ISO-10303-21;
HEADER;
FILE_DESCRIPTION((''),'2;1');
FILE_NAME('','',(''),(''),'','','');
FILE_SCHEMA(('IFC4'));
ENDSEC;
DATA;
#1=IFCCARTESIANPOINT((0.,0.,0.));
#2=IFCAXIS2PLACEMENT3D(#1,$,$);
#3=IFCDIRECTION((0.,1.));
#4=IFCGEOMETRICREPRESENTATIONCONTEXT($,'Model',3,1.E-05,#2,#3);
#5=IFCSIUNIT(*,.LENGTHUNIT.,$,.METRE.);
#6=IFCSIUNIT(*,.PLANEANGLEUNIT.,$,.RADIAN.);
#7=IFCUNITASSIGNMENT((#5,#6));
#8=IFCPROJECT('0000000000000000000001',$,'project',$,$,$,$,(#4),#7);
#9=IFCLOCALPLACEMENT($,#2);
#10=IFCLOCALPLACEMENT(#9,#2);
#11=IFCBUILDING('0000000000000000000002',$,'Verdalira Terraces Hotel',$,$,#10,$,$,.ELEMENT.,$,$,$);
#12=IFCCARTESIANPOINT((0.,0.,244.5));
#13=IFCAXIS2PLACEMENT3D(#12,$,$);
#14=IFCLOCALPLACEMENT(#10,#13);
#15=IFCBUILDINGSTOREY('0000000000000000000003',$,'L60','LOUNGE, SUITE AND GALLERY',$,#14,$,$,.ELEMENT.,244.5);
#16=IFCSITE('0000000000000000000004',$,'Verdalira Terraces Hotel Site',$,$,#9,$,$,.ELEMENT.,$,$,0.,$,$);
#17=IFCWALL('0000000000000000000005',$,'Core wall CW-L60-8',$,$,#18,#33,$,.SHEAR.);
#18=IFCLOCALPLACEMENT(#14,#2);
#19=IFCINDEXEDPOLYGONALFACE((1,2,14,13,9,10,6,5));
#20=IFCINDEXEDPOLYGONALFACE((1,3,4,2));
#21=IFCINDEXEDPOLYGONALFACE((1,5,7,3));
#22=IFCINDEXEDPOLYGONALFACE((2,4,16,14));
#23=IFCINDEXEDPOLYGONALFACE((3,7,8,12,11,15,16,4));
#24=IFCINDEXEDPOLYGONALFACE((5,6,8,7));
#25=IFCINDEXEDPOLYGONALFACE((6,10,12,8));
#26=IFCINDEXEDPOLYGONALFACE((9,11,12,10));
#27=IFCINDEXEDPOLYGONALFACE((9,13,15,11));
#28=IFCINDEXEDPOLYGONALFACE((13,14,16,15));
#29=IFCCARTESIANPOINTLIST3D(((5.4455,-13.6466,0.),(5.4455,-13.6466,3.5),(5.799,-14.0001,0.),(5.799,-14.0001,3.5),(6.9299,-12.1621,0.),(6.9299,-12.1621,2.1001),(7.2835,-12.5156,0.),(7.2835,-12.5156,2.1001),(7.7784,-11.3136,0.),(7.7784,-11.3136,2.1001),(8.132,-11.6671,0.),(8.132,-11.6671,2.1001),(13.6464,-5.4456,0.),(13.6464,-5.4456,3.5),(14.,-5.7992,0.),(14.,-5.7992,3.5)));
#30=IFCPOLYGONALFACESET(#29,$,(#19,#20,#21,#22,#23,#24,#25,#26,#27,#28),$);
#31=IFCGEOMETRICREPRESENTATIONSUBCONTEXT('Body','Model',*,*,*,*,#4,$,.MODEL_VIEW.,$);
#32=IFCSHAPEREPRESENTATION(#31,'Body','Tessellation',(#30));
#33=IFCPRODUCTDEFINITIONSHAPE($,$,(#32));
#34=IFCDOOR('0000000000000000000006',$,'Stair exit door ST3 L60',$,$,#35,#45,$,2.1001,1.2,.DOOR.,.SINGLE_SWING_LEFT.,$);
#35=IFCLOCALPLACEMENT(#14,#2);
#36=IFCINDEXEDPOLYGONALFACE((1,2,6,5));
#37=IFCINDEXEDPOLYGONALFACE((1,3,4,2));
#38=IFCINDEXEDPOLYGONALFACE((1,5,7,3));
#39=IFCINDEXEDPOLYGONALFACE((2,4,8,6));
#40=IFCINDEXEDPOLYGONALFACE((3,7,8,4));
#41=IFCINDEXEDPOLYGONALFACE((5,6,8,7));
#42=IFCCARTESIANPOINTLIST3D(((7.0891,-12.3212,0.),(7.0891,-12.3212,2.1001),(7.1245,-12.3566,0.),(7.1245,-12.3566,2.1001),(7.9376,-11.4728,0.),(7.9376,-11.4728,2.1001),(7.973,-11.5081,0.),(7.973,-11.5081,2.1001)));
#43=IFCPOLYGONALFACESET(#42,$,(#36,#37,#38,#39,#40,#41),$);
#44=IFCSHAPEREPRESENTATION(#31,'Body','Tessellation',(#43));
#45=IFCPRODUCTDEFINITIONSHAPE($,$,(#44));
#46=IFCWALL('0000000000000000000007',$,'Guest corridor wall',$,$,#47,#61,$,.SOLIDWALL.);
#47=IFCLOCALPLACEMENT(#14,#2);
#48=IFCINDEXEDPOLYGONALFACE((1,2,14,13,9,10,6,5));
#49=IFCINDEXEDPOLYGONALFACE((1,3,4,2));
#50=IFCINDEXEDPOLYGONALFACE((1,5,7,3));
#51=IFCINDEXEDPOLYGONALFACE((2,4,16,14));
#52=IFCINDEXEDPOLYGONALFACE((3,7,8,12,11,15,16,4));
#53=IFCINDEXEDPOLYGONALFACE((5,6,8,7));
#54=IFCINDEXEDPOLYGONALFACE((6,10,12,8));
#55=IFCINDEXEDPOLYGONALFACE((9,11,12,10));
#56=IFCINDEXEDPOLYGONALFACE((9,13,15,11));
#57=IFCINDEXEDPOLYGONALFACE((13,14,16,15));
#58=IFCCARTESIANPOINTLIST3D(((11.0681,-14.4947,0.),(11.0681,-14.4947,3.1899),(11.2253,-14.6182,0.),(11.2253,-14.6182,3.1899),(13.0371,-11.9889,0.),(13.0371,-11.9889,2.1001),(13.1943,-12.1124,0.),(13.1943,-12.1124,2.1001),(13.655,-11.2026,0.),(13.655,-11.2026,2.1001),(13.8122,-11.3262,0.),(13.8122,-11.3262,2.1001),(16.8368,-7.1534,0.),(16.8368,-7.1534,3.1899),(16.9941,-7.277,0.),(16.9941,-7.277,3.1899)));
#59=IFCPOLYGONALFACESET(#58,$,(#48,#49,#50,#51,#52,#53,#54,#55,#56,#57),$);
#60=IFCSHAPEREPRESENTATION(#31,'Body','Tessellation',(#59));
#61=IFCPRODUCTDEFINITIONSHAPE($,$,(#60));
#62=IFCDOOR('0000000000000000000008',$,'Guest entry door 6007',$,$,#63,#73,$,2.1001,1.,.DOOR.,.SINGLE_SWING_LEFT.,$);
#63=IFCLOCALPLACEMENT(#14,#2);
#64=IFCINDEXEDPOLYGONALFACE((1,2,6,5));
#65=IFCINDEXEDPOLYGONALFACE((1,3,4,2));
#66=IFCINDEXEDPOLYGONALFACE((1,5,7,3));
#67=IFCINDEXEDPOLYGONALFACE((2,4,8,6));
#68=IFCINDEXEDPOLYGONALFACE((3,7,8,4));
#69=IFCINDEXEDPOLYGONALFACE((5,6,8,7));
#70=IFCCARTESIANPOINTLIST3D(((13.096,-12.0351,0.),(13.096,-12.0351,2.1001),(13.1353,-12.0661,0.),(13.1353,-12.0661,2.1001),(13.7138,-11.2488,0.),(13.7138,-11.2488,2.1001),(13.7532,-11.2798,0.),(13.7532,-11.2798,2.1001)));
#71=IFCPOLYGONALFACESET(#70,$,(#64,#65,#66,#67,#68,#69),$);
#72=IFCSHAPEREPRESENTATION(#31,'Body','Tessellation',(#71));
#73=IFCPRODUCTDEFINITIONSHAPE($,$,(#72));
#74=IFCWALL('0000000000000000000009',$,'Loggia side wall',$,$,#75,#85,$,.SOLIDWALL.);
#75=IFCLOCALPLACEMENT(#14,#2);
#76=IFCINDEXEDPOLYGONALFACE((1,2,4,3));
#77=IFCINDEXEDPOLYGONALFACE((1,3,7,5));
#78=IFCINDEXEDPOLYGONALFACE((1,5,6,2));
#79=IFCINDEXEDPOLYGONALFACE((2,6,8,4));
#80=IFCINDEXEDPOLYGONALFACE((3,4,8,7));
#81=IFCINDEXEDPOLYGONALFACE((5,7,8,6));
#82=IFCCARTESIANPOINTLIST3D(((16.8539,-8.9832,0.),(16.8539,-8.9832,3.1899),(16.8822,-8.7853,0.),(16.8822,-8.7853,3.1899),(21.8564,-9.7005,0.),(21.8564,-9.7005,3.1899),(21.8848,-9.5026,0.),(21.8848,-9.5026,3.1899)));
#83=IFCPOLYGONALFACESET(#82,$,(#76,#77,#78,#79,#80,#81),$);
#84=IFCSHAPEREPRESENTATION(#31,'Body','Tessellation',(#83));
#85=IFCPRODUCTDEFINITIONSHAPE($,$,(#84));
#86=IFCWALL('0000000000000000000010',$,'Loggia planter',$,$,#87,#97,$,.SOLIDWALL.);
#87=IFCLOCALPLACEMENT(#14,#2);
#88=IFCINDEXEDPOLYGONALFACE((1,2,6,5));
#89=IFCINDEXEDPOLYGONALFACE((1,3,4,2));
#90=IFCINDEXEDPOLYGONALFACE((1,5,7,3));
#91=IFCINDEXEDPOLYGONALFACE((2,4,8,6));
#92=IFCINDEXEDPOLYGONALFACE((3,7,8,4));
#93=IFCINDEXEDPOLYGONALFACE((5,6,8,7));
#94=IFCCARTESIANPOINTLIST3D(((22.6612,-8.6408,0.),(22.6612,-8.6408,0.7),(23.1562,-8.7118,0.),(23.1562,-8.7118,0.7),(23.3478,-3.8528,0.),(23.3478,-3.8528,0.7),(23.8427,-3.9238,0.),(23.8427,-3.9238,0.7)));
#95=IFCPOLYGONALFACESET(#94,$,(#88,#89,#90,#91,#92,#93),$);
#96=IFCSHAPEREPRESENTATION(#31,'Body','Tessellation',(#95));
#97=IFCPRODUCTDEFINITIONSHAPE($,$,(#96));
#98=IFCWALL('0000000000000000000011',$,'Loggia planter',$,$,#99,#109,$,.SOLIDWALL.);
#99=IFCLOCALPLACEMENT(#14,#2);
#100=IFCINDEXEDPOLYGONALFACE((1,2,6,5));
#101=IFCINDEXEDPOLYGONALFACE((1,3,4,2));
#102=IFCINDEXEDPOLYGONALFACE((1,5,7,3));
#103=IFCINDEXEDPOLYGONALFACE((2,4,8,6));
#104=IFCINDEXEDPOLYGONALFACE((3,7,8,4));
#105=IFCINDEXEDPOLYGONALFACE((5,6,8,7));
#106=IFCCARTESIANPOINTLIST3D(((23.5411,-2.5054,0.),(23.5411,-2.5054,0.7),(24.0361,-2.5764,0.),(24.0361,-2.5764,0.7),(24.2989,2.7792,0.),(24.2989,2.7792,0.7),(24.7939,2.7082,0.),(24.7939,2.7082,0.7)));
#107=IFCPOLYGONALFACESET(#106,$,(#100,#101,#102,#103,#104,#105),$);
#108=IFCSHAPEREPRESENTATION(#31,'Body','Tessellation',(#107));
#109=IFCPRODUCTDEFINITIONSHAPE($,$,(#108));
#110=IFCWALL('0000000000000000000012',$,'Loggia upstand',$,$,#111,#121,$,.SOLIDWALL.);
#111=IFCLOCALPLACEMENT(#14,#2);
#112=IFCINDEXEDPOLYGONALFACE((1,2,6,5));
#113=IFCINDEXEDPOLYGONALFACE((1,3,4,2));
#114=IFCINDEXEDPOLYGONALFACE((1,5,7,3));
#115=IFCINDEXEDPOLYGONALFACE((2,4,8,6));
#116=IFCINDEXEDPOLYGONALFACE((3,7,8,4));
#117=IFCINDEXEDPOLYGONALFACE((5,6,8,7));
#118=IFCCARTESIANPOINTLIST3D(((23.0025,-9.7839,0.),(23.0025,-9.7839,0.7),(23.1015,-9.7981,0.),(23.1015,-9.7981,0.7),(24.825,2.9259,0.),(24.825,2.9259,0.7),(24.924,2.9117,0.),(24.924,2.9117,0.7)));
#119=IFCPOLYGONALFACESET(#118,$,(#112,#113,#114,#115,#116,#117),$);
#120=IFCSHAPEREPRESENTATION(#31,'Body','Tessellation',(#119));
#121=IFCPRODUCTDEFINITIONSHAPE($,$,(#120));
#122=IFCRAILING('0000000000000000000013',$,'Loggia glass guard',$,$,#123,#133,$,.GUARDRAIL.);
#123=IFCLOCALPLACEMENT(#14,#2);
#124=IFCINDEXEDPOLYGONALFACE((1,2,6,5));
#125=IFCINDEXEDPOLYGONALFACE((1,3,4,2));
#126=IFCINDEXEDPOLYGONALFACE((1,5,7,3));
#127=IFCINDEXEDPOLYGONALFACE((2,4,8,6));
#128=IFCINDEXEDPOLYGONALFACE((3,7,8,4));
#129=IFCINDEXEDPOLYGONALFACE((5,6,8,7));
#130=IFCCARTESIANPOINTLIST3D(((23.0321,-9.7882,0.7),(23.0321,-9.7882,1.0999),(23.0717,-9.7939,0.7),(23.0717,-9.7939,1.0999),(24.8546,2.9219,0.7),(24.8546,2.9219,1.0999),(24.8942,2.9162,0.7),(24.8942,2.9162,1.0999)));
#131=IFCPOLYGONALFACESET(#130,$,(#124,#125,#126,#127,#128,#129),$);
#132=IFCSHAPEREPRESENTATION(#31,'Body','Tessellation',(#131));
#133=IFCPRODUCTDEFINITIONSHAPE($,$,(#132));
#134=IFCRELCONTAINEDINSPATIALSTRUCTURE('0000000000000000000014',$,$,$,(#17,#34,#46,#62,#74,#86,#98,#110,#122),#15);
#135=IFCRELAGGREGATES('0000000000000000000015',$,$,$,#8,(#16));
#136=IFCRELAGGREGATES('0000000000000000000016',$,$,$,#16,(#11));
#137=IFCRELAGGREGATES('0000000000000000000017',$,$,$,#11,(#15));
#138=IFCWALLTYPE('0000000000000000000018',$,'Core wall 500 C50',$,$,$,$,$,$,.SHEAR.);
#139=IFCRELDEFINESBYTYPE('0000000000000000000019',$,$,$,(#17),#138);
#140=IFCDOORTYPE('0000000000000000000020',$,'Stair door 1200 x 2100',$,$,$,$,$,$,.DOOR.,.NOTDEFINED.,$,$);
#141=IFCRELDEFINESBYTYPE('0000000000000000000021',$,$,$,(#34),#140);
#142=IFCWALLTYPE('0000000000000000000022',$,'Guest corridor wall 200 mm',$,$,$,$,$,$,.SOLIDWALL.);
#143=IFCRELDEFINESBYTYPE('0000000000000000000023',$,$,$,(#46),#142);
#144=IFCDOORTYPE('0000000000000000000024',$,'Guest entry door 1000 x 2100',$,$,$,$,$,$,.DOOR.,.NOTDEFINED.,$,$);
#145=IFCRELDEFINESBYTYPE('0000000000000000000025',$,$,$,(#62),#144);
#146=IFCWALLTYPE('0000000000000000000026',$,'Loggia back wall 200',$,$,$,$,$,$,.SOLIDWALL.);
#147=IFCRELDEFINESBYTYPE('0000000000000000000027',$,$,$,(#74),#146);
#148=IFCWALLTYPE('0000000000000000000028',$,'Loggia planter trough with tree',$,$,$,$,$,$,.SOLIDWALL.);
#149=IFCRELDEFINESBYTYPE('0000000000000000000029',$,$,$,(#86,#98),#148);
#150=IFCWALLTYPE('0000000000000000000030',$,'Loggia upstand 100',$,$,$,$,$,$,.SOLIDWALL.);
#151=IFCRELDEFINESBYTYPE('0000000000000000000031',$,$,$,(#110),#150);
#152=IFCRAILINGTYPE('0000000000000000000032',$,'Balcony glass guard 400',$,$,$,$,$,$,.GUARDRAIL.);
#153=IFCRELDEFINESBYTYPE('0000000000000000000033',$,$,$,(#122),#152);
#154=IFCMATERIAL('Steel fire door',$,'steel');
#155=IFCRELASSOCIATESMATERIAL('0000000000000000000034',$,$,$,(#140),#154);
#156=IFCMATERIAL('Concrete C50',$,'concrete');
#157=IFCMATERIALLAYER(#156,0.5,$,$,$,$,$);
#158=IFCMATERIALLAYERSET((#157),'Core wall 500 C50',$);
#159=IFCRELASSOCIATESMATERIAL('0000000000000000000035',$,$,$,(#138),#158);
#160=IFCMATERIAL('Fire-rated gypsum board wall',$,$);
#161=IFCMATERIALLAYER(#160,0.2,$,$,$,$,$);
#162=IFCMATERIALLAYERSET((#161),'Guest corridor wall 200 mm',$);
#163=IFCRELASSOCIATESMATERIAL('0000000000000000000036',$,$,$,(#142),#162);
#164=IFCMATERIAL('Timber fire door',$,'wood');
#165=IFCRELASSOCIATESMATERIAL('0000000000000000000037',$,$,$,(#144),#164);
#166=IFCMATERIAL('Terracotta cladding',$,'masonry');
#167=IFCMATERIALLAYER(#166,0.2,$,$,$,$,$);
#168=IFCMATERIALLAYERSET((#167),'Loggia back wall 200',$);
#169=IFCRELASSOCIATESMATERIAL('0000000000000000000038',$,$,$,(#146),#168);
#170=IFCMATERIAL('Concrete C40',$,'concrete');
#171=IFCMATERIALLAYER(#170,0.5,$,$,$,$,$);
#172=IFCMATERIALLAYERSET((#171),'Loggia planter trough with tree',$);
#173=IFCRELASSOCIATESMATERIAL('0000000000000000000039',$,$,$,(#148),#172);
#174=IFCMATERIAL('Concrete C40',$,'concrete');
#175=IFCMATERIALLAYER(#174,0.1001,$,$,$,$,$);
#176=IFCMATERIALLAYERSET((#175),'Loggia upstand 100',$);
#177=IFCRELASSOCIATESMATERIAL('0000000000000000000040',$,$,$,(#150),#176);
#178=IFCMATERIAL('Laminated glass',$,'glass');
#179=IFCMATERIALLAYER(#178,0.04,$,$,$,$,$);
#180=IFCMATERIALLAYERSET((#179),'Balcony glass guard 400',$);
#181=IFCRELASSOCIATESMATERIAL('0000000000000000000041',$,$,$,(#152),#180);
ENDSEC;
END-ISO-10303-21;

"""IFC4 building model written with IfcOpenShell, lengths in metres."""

from ifc_helpers import new_model, si_unit, direction, frame, frame_2d, origin, origin_2d, place, context, subcontext, project, spatial, rectangle, extrude, material, layer, layer_set, type_object, element, fill, save


model = new_model("IFC4")

# Units and contexts
model_context = context("Model", 3, precision=1e-05, world=origin(), true_north=direction((0.0, 1.0)))
body_context = subcontext(model_context, "Body", "Model", "MODEL_VIEW")
ifc_project = project(units=[si_unit("LENGTHUNIT", "METRE"), si_unit("PLANEANGLEUNIT", "RADIAN")], contexts=[model_context])

# Site, building, storey
site_placement = place(None, origin())
site = spatial("IfcSite", under=ifc_project, at=site_placement, Name="Verdalira Terraces Hotel Site", CompositionType="ELEMENT", RefElevation=0.0)
building_placement = place(site_placement, origin())
building = spatial("IfcBuilding", under=site, at=building_placement, Name="Verdalira Terraces Hotel", CompositionType="ELEMENT")
storey_placement = place(building_placement, frame((0.0, 0.0, 244.5)))
storey = spatial("IfcBuildingStorey", under=building, at=storey_placement, Name="L60", Description="LOUNGE, SUITE AND GALLERY", CompositionType="ELEMENT", Elevation=244.5)

# Shared definitions
ifc_material_1 = material(Name="Steel fire door", Category="steel")
door_type_1 = type_object("IfcDoorType", Name="Stair door 1200 x 2100", OperationType="NOTDEFINED", PredefinedType="DOOR", material=ifc_material_1)

# Walls, openings, doors
ifc_material_2 = material(Name="Concrete C50", Category="concrete")
ifc_layer_1 = layer(ifc_material_2, 0.5)
ifc_layer_set_1 = layer_set([ifc_layer_1], Name="Core wall 500 C50")
wall_type_1 = type_object("IfcWallType", Name="Core wall 500 C50", PredefinedType="SHEAR", material=ifc_layer_set_1)
wall_1_placement = place(storey_placement, frame((5.6223, -13.8232, 0.0), z_axis=(0.0, 0.0, 1.0), x_axis=(0.707107, 0.707107, 0.0)))
wall_1 = element("IfcWall", 1, at=wall_1_placement, inside=storey, type_object=wall_type_1, Name="Core wall CW-L60-8", PredefinedType="SHEAR", context=body_context, shape_type="SweptSolid", body=[
    extrude(rectangle(XDim=11.5979, YDim=0.5, at=frame_2d((5.7988, 0.0))), origin(), (0.0, 0.0, 1.0), 3.5),
])
opening_1_placement = place(wall_1_placement, frame((2.0991, 0.0, 0.0)))
opening_1 = element("IfcOpeningElement", 2, at=opening_1_placement, cuts=wall_1, PredefinedType="OPENING", context=body_context, shape_type="SweptSolid", body=[
    extrude(rectangle(XDim=1.2, YDim=2.1001, at=frame_2d((0.6001, 1.05))), frame((0.0, 0.26, 0.0), z_axis=(0.0, -1.0, 0.0), x_axis=(1.0, 0.0, 0.0)), (0.0, 0.0, 1.0), 0.52),
])
door_1_placement = place(opening_1_placement, origin())
door_1 = element("IfcDoor", 3, at=door_1_placement, inside=storey, type_object=door_type_1, Name="Stair exit door ST3 L60", OperationType="SINGLE_SWING_LEFT", OverallHeight=2.1001, OverallWidth=1.2, PredefinedType="DOOR", context=body_context, shape_type="SweptSolid", body=[
    extrude(rectangle(XDim=1.2, YDim=2.1001, at=frame_2d((0.6001, 1.05))), frame((0.0, 0.0249, 0.0), z_axis=(0.0, -1.0, 0.0), x_axis=(1.0, 0.0, 0.0)), (0.0, 0.0, 1.0), 0.05),
])
fill(opening_1, door_1)
ifc_material_3 = material(Name="Fire-rated gypsum board wall")
ifc_layer_2 = layer(ifc_material_3, 0.2)
ifc_layer_set_2 = layer_set([ifc_layer_2], Name="Guest corridor wall 200 mm")
wall_type_2 = type_object("IfcWallType", Name="Guest corridor wall 200 mm", PredefinedType="SOLIDWALL", material=ifc_layer_set_2)
wall_2_placement = place(storey_placement, frame((16.9155, -7.2151, 0.0), z_axis=(0.0, 0.0, 1.0), x_axis=(-0.617863, -0.786286, 0.0)))
wall_2 = element("IfcWall", 4, at=wall_2_placement, inside=storey, type_object=wall_type_2, Name="Guest corridor wall", PredefinedType="SOLIDWALL", context=body_context, shape_type="SweptSolid", body=[
    extrude(rectangle(XDim=9.3367, YDim=0.2, at=frame_2d((4.6685, 0.0))), origin(), (0.0, 0.0, 1.0), 3.1899),
])
opening_2_placement = place(wall_2_placement, frame((5.1499, 0.0, 0.0)))
opening_2 = element("IfcOpeningElement", 5, at=opening_2_placement, cuts=wall_2, PredefinedType="OPENING", context=body_context, shape_type="SweptSolid", body=[
    extrude(rectangle(XDim=1.0, YDim=2.1001, at=frame_2d((0.5, 1.05))), frame((0.0, 0.1099, 0.0), z_axis=(0.0, -1.0, 0.0), x_axis=(1.0, 0.0, 0.0)), (0.0, 0.0, 1.0), 0.22),
])
ifc_material_4 = material(Name="Timber fire door", Category="wood")
door_type_2 = type_object("IfcDoorType", Name="Guest entry door 1000 x 2100", OperationType="NOTDEFINED", PredefinedType="DOOR", material=ifc_material_4)
door_2_placement = place(opening_2_placement, origin())
door_2 = element("IfcDoor", 6, at=door_2_placement, inside=storey, type_object=door_type_2, Name="Guest entry door 6007", OperationType="SINGLE_SWING_LEFT", OverallHeight=2.1001, OverallWidth=1.0, PredefinedType="DOOR", context=body_context, shape_type="SweptSolid", body=[
    extrude(rectangle(XDim=1.0, YDim=2.1001, at=frame_2d((0.5, 1.05))), frame((0.0, 0.0249, 0.0), z_axis=(0.0, -1.0, 0.0), x_axis=(1.0, 0.0, 0.0)), (0.0, 0.0, 1.0), 0.05),
])
fill(opening_2, door_2)

# Walls
ifc_material_5 = material(Name="Terracotta cladding", Category="masonry")
ifc_layer_3 = layer(ifc_material_5, 0.2)
ifc_layer_set_3 = layer_set([ifc_layer_3], Name="Loggia back wall 200")
wall_type_3 = type_object("IfcWallType", Name="Loggia back wall 200", PredefinedType="SOLIDWALL", material=ifc_layer_set_3)
wall_3_placement = place(storey_placement, frame((21.8706, -9.6016, 0.0), z_axis=(0.0, 0.0, 1.0), x_axis=(-0.989876, 0.141935, 0.0)))
element("IfcWall", 7, at=wall_3_placement, inside=storey, type_object=wall_type_3, Name="Loggia side wall", PredefinedType="SOLIDWALL", context=body_context, shape_type="SweptSolid", body=[
    extrude(rectangle(XDim=5.0537, YDim=0.2, at=frame_2d((2.5269, 0.0))), origin(), (0.0, 0.0, 1.0), 3.1899),
])
ifc_material_6 = material(Name="Concrete C40", Category="concrete")
ifc_layer_4 = layer(ifc_material_6, 0.5)
ifc_layer_set_4 = layer_set([ifc_layer_4], Name="Loggia planter trough with tree")
wall_type_4 = type_object("IfcWallType", Name="Loggia planter trough with tree", PredefinedType="SOLIDWALL", material=ifc_layer_set_4)
wall_4_placement = place(storey_placement, frame((22.9087, -8.6763, 0.0), z_axis=(0.0, 0.0, 1.0), x_axis=(0.141937, 0.989876, 0.0)))
element("IfcWall", 8, at=wall_4_placement, inside=storey, type_object=wall_type_4, Name="Loggia planter", PredefinedType="SOLIDWALL", context=body_context, shape_type="SweptSolid", body=[
    extrude(rectangle(XDim=4.8369, YDim=0.5, at=frame_2d((2.4185, 0.0))), origin(), (0.0, 0.0, 1.0), 0.7),
])
wall_5_placement = place(storey_placement, frame((23.7886, -2.541, 0.0), z_axis=(0.0, 0.0, 1.0), x_axis=(0.141946, 0.989874, 0.0)))
element("IfcWall", 9, at=wall_5_placement, inside=storey, type_object=wall_type_4, Name="Loggia planter", PredefinedType="SOLIDWALL", context=body_context, shape_type="SweptSolid", body=[
    extrude(rectangle(XDim=5.3386, YDim=0.5, at=frame_2d((2.6694, 0.0))), origin(), (0.0, 0.0, 1.0), 0.7),
])
ifc_material_7 = material(Name="Concrete C40", Category="concrete")
ifc_layer_5 = layer(ifc_material_7, 0.1001)
ifc_layer_set_5 = layer_set([ifc_layer_5], Name="Loggia upstand 100")
wall_type_5 = type_object("IfcWallType", Name="Loggia upstand 100", PredefinedType="SOLIDWALL", material=ifc_layer_set_5)
wall_6_placement = place(storey_placement, frame((23.052, -9.791, 0.0), z_axis=(0.0, 0.0, 1.0), x_axis=(0.14194, 0.989875, 0.0)))
element("IfcWall", 10, at=wall_6_placement, inside=storey, type_object=wall_type_5, Name="Loggia upstand", PredefinedType="SOLIDWALL", context=body_context, shape_type="SweptSolid", body=[
    extrude(rectangle(XDim=12.8398, YDim=0.1001, at=frame_2d((6.4199, 0.0))), origin(), (0.0, 0.0, 1.0), 0.7),
])

# Railing
ifc_material_8 = material(Name="Laminated glass", Category="glass")
ifc_layer_6 = layer(ifc_material_8, 0.04)
ifc_layer_set_6 = layer_set([ifc_layer_6], Name="Balcony glass guard 400")
railing_type_1 = type_object("IfcRailingType", Name="Balcony glass guard 400", PredefinedType="GUARDRAIL", material=ifc_layer_set_6)
railing_1_placement = place(storey_placement, frame((23.9631, -3.436, 0.7), z_axis=(0.0, 0.0, 1.0), x_axis=(0.141938, 0.989876, 0.0)))
element("IfcRailing", 11, at=railing_1_placement, inside=storey, type_object=railing_type_1, Name="Loggia glass guard", PredefinedType="GUARDRAIL", context=body_context, shape_type="SweptSolid", body=[
    extrude(rectangle(XDim=12.8401, YDim=0.04, at=origin_2d()), origin(), (0.0, 0.0, 1.0), 0.3999),
])

save(model, "model.ifc")
